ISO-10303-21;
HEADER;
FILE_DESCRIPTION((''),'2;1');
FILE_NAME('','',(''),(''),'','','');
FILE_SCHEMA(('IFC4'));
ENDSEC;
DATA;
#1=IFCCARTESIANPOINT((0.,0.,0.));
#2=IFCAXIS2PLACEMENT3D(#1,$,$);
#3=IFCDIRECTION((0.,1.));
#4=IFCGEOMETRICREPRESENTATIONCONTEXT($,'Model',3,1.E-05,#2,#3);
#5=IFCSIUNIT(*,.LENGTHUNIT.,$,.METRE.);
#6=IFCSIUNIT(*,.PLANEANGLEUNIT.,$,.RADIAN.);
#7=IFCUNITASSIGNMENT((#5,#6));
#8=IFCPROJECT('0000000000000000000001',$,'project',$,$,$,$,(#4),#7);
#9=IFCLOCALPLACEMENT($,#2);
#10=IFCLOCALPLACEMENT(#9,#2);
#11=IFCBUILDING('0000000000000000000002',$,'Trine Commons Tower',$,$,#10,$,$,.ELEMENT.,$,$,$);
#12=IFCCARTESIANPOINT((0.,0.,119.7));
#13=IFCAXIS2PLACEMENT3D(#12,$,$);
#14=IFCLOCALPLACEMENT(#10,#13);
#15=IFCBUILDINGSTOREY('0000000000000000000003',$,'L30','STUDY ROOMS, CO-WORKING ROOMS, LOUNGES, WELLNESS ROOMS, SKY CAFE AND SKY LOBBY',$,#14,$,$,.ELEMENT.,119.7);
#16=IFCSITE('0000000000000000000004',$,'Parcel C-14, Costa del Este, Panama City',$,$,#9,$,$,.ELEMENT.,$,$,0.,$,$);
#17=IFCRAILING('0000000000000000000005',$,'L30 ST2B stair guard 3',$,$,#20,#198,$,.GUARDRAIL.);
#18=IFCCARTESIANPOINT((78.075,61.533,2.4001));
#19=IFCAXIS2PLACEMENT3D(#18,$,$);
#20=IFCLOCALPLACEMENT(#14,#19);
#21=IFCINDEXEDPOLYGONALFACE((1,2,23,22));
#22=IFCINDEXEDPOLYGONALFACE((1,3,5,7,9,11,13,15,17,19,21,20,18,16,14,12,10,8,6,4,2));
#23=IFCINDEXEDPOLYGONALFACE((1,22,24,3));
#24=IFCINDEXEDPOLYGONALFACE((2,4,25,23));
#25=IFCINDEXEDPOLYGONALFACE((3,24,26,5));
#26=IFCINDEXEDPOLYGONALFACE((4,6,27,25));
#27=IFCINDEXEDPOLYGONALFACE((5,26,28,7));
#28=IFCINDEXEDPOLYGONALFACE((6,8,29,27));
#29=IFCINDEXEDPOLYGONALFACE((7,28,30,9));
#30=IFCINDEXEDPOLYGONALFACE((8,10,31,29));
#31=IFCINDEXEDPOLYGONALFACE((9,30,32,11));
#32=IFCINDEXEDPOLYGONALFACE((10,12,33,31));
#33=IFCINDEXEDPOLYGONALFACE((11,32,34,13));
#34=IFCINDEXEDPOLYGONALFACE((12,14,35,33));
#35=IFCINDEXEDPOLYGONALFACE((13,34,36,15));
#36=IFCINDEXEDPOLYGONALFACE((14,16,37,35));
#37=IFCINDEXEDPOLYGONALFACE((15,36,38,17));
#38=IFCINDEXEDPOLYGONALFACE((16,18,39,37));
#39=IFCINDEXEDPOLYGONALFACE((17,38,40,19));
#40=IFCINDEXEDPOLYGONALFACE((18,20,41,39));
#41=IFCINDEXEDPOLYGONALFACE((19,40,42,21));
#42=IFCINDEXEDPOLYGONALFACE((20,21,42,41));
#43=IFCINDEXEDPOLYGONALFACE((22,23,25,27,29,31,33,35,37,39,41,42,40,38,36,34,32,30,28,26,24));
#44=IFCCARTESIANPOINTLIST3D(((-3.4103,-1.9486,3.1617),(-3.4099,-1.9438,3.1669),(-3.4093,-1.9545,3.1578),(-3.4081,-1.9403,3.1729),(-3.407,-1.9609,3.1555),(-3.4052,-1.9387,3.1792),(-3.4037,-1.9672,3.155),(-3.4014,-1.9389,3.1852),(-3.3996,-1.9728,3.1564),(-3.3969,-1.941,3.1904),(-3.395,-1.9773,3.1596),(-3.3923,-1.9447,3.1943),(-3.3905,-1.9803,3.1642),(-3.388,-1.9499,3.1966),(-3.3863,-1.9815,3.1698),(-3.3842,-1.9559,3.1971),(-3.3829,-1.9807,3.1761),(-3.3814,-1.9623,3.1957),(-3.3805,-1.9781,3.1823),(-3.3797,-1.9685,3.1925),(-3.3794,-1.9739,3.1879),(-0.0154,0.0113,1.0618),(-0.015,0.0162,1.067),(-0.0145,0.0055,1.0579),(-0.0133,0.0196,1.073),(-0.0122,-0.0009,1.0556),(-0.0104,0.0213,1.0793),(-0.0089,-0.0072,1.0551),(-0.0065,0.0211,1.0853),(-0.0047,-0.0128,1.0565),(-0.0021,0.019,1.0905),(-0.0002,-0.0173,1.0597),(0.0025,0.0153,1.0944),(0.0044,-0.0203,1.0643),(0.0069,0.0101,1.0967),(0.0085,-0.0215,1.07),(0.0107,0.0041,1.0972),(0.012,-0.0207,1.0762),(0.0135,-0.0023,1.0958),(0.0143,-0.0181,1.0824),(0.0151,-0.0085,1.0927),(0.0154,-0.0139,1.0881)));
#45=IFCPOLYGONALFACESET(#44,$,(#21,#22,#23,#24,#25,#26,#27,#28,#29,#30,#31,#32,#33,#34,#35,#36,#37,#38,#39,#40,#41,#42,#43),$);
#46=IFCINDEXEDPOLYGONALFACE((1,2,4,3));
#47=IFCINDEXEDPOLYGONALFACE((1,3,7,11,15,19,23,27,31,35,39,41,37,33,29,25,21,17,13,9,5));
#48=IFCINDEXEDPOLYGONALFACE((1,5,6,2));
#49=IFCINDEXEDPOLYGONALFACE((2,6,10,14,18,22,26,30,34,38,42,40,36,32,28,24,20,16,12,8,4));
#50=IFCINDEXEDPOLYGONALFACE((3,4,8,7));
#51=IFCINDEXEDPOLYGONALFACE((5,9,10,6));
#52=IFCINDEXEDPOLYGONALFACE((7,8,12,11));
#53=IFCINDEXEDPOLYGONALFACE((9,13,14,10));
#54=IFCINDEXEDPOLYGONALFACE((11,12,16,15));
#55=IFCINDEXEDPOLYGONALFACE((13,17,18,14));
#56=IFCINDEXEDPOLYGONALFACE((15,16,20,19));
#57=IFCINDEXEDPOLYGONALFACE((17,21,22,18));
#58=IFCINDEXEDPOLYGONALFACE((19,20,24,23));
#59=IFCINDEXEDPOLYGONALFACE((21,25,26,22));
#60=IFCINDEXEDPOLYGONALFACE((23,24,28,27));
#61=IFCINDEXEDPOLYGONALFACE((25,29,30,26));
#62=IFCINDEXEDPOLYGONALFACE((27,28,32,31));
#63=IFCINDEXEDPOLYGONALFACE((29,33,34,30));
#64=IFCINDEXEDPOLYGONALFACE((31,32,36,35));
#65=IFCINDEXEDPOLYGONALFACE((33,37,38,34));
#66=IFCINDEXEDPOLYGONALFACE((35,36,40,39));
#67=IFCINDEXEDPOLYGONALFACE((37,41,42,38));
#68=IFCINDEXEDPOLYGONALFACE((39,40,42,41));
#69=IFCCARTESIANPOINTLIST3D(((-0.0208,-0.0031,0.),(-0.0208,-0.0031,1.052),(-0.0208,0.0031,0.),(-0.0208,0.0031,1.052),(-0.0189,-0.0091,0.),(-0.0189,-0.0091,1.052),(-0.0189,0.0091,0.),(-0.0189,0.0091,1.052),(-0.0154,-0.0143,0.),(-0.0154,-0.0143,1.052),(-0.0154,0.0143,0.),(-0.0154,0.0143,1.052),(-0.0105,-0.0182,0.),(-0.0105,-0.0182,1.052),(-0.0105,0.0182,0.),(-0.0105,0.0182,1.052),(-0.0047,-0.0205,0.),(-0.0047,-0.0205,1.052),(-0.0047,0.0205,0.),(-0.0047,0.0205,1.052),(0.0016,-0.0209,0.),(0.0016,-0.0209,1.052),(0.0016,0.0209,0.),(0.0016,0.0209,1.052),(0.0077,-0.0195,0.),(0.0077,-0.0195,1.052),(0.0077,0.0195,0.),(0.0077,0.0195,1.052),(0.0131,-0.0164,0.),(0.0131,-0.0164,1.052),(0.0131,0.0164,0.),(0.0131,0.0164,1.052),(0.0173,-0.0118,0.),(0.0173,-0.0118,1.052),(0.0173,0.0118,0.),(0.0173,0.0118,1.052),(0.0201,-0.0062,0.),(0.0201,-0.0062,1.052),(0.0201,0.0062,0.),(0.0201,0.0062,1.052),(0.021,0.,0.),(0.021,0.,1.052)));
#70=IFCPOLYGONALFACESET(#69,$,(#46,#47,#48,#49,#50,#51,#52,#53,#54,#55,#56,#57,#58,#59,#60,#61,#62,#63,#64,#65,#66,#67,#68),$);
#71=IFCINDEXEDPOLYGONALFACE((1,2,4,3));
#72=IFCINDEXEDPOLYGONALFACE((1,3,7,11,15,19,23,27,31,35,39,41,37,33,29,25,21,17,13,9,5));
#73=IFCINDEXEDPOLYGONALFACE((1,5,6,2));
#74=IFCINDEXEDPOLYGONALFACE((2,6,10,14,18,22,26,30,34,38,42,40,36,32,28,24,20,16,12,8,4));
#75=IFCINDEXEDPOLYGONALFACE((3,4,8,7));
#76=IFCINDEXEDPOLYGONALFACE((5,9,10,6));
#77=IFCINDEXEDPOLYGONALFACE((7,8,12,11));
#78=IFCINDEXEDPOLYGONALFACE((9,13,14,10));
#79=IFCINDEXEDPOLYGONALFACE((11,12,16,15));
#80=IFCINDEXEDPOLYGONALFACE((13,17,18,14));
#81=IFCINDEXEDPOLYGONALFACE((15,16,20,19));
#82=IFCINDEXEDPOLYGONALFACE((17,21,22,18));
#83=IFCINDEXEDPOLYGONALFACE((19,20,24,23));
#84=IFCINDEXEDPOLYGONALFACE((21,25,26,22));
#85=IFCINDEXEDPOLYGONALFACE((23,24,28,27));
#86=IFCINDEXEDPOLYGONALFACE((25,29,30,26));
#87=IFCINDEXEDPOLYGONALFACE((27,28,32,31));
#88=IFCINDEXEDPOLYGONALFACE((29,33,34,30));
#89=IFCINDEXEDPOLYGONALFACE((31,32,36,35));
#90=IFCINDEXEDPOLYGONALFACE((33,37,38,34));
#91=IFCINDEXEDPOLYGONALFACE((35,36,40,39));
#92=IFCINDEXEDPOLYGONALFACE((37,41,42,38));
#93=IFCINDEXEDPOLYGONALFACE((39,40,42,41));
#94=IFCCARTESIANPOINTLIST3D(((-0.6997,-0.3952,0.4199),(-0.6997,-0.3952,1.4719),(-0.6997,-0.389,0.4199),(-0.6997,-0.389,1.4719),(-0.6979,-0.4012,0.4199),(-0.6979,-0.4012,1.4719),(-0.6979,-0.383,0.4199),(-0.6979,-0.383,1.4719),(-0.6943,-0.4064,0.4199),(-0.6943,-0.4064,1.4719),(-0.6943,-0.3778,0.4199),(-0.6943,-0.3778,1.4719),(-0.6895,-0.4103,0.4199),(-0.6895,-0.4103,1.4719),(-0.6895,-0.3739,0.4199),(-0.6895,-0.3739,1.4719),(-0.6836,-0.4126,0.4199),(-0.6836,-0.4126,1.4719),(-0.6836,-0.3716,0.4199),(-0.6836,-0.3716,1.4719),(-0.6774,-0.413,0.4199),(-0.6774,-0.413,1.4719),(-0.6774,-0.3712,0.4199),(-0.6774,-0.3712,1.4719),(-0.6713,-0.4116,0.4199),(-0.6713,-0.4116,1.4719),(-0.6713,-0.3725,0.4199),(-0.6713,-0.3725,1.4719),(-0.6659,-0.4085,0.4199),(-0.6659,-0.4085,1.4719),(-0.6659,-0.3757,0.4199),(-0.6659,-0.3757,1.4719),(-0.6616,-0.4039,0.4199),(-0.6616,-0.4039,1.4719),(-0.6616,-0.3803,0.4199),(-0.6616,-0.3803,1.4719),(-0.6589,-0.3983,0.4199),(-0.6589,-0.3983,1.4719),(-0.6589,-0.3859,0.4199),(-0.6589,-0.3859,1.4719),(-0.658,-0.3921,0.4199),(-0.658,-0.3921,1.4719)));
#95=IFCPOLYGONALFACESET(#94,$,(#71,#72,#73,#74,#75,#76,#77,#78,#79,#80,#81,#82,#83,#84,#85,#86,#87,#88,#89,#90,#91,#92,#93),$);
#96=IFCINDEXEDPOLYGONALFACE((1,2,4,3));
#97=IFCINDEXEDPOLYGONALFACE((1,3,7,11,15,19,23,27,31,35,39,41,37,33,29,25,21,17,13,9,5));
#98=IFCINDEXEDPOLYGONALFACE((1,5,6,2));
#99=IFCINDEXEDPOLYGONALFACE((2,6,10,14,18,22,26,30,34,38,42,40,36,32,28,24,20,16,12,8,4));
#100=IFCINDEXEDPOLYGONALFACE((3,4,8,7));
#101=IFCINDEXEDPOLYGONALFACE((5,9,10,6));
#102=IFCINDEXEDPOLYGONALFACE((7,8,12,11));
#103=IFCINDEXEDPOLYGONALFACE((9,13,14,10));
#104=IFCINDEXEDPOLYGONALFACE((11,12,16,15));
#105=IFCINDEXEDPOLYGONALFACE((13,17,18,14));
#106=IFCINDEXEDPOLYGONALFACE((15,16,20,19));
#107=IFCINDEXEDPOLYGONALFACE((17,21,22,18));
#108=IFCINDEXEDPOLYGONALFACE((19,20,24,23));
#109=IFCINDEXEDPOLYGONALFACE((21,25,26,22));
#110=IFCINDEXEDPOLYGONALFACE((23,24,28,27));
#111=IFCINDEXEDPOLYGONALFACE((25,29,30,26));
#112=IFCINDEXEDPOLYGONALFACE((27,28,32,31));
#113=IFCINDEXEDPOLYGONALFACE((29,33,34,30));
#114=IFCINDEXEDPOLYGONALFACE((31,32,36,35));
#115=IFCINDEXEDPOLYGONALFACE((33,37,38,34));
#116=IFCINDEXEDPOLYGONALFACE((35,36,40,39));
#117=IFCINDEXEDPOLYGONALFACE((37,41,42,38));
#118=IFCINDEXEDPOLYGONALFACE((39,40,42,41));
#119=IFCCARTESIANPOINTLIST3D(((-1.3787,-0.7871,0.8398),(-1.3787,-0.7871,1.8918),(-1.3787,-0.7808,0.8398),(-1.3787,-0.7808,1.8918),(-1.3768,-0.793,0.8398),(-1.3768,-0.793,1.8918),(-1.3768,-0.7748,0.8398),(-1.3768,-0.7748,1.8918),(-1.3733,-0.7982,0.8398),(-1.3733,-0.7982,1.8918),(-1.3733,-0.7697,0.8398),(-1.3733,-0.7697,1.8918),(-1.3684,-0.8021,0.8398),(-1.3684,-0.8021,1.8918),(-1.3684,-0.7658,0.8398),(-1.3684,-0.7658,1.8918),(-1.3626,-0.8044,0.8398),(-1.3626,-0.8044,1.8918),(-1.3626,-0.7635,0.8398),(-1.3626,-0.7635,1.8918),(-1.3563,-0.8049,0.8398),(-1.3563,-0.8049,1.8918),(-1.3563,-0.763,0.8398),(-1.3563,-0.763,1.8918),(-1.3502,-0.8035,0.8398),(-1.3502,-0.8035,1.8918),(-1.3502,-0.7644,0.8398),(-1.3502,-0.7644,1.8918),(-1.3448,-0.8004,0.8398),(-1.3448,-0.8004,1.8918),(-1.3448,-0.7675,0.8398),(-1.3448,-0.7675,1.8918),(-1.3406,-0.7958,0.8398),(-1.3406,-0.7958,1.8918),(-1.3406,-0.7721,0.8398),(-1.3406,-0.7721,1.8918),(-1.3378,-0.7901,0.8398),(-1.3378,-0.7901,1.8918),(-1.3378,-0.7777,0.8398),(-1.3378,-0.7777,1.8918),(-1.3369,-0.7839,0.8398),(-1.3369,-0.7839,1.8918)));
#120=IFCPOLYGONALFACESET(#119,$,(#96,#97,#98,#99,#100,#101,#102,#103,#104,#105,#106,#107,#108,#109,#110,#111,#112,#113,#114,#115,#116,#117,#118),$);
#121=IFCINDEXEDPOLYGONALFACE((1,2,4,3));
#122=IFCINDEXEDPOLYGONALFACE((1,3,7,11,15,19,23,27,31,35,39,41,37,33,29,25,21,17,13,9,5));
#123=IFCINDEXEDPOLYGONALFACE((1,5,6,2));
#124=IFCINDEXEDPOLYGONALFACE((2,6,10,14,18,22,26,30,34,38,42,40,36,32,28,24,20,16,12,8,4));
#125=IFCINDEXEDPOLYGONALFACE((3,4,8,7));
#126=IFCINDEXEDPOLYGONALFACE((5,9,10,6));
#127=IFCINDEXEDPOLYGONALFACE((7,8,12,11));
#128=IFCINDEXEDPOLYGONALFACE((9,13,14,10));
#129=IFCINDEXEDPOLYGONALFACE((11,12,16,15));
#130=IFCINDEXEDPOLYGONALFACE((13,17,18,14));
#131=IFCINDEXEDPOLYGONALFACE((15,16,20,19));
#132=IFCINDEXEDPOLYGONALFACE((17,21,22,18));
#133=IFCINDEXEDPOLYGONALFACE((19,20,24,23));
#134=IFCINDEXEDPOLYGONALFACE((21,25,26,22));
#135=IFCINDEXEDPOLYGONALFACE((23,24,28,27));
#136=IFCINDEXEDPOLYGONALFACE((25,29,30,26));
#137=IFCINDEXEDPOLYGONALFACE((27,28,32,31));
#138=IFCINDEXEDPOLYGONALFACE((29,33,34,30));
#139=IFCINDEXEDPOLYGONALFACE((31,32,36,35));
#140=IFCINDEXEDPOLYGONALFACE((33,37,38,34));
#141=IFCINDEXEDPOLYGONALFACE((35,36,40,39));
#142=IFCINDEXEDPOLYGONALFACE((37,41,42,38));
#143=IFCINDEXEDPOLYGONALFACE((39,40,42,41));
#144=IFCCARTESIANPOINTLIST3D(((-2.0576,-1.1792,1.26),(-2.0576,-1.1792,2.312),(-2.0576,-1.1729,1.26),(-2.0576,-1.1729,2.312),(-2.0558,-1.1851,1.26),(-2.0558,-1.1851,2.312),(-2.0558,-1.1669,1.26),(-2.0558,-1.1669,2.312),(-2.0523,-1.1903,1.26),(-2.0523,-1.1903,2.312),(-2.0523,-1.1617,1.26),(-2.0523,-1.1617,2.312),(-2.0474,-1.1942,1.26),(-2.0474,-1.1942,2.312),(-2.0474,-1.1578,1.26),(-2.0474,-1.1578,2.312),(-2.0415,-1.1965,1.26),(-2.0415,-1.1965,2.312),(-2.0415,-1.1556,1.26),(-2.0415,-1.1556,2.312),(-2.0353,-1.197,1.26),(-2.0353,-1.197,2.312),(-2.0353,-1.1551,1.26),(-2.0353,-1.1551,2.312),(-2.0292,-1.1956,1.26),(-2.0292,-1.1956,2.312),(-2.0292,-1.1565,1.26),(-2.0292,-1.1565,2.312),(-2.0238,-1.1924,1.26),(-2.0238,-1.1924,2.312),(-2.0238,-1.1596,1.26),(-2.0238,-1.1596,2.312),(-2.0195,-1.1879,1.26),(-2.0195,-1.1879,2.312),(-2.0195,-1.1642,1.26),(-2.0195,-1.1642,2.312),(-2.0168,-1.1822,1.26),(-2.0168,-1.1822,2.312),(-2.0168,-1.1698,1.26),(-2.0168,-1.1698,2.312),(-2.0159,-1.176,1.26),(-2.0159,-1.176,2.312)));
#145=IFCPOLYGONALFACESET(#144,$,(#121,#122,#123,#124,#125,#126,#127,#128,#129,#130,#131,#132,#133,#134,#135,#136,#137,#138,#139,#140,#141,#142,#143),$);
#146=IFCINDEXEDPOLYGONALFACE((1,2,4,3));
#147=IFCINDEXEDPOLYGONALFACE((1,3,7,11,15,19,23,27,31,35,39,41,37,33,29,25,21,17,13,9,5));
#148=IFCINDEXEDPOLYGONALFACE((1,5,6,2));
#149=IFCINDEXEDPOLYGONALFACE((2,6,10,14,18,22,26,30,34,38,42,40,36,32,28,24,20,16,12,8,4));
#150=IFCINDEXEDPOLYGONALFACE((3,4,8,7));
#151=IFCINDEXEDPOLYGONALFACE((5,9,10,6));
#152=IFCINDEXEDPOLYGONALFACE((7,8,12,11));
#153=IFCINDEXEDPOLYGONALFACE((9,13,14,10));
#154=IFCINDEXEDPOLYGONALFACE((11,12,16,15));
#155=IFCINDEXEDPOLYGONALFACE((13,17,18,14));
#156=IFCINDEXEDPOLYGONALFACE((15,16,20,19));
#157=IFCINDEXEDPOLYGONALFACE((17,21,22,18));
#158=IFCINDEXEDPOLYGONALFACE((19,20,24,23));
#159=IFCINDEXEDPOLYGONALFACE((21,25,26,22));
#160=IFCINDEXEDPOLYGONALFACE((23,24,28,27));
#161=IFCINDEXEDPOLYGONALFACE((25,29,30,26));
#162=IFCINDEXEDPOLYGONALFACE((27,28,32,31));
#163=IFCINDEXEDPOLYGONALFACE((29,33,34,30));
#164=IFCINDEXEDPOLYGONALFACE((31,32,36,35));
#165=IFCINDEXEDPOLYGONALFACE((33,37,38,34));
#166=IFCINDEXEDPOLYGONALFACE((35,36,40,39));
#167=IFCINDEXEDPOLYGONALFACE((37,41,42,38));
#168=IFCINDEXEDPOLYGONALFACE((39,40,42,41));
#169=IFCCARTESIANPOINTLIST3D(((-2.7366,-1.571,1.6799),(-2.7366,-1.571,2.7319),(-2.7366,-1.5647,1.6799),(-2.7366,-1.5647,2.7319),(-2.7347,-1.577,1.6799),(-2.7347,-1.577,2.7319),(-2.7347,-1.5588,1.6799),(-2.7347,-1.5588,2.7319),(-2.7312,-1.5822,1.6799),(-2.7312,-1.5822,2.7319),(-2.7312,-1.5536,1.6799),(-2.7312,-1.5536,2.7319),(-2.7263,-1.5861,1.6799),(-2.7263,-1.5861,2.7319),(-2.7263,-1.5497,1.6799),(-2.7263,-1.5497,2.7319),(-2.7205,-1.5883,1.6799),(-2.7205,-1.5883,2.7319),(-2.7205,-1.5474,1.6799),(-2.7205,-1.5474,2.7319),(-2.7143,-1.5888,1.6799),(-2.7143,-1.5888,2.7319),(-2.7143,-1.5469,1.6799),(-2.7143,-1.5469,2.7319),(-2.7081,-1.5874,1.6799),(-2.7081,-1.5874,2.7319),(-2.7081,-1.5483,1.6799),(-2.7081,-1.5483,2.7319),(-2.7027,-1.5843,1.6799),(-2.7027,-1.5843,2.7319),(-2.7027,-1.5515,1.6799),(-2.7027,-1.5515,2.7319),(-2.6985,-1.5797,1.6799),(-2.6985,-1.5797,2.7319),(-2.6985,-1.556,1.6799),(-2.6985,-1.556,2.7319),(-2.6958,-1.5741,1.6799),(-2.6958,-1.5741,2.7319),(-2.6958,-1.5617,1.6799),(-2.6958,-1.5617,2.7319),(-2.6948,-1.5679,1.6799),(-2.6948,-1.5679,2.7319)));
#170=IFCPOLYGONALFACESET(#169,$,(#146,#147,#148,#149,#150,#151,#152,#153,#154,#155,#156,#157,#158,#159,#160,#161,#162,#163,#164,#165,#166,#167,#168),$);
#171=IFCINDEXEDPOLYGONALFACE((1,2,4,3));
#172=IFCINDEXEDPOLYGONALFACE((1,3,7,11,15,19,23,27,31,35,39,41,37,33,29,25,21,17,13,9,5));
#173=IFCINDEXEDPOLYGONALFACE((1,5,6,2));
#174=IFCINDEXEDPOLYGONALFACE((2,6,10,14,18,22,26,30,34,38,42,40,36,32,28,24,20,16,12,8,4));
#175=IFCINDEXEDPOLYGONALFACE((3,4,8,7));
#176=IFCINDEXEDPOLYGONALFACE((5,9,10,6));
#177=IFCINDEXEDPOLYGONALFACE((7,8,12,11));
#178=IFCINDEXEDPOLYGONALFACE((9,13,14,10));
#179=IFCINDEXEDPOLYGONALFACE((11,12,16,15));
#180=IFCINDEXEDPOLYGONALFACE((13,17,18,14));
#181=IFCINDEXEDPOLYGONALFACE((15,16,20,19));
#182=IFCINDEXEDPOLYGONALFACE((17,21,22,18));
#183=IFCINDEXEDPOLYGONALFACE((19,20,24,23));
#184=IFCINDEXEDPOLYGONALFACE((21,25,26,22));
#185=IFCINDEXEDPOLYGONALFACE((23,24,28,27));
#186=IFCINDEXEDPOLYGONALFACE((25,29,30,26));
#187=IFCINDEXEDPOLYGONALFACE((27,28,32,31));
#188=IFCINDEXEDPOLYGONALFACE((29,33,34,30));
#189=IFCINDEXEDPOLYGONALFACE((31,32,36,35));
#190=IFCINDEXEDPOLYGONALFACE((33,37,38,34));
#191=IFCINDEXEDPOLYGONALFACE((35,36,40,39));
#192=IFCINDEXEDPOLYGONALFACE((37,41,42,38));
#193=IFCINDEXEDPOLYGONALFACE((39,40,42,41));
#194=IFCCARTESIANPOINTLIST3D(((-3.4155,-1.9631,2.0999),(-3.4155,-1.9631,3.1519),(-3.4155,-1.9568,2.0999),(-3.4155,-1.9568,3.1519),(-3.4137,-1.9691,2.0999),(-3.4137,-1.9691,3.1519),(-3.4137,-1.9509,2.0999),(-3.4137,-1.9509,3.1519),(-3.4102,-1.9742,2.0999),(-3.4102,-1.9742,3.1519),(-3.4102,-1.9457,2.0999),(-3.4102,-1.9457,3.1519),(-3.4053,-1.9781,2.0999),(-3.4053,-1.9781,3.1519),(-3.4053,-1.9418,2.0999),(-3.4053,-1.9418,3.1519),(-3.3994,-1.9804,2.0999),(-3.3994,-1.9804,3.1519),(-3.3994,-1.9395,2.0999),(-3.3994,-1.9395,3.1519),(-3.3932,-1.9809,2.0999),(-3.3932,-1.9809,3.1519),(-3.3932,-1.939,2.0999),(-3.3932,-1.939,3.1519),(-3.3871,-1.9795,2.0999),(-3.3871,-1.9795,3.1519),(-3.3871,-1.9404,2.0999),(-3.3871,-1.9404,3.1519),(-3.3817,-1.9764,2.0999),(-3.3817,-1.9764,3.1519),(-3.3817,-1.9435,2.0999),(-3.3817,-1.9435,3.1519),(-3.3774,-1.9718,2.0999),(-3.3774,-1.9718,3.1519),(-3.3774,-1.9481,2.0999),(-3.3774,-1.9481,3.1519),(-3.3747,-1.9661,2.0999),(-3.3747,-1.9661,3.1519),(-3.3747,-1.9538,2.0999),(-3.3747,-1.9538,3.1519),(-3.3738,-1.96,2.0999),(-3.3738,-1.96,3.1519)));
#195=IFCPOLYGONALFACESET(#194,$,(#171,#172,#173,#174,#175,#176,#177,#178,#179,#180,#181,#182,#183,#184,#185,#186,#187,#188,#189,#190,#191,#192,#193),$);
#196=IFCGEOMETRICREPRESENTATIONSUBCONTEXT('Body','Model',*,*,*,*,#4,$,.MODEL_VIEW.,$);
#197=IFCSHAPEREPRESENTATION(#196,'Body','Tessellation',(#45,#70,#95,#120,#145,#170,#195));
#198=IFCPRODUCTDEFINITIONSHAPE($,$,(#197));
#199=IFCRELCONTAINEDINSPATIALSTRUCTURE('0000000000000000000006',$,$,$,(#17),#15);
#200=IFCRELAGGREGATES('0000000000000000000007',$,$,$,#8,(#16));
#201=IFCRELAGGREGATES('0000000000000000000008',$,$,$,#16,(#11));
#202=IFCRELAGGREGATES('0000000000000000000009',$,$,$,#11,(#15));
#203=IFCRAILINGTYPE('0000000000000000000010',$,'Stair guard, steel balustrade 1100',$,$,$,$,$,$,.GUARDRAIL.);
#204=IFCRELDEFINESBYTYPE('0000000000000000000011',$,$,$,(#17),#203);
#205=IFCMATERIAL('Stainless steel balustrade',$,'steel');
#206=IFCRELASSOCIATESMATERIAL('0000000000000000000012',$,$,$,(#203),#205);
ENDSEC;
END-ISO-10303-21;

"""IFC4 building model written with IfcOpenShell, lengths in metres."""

from ifc_helpers import new_model, si_unit, direction, frame, origin, origin_2d, place, context, subcontext, project, spatial, circle, extrude, material, type_object, element, save


model = new_model("IFC4")

# Units and contexts
model_context = context("Model", 3, precision=1e-05, world=origin(), true_north=direction((0.0, 1.0)))
body_context = subcontext(model_context, "Body", "Model", "MODEL_VIEW")
ifc_project = project(units=[si_unit("LENGTHUNIT", "METRE"), si_unit("PLANEANGLEUNIT", "RADIAN")], contexts=[model_context])

# Site, building, storey
site_placement = place(None, origin())
site = spatial("IfcSite", under=ifc_project, at=site_placement, Name="Parcel C-14, Costa del Este, Panama City", CompositionType="ELEMENT", RefElevation=0.0)
building_placement = place(site_placement, origin())
building = spatial("IfcBuilding", under=site, at=building_placement, Name="Trine Commons Tower", CompositionType="ELEMENT")
storey_placement = place(building_placement, frame((0.0, 0.0, 119.7)))
storey = spatial("IfcBuildingStorey", under=building, at=storey_placement, Name="L30", Description="STUDY ROOMS, CO-WORKING ROOMS, LOUNGES, WELLNESS ROOMS, SKY CAFE AND SKY LOBBY", CompositionType="ELEMENT", Elevation=119.7)

# Railing
ifc_material_1 = material(Name="Stainless steel balustrade", Category="steel")
railing_type_1 = type_object("IfcRailingType", Name="Stair guard, steel balustrade 1100", PredefinedType="GUARDRAIL", material=ifc_material_1)
railing_1_placement = place(storey_placement, frame((78.075, 61.533, 2.4001)))
element("IfcRailing", 1, at=railing_1_placement, inside=storey, type_object=railing_type_1, Name="L30 ST2B stair guard 3", PredefinedType="GUARDRAIL", context=body_context, shape_type="SweptSolid", body=[
    extrude(circle(Radius=0.0239, at=origin_2d()), frame((0.0, 0.0, 1.0762), z_axis=(-0.763395, -0.440743, 0.472201), x_axis=(0.499997, -0.866027, 0.0)), (0.0, 0.0, 1.0), 4.447),
    extrude(circle(Radius=0.021, at=origin_2d()), origin(), (0.0, 0.0, 1.0), 1.052),
    extrude(circle(Radius=0.021, at=origin_2d()), frame((-0.679, -0.3921, 0.4199)), (0.0, 0.0, 1.0), 1.052),
    extrude(circle(Radius=0.021, at=origin_2d()), frame((-1.3579, -0.7839, 0.8398)), (0.0, 0.0, 1.0), 1.052),
    extrude(circle(Radius=0.021, at=origin_2d()), frame((-2.0369, -1.176, 1.26)), (0.0, 0.0, 1.0), 1.052),
    extrude(circle(Radius=0.021, at=origin_2d()), frame((-2.7158, -1.5679, 1.6799)), (0.0, 0.0, 1.0), 1.052),
    extrude(circle(Radius=0.021, at=origin_2d()), frame((-3.3948, -1.96, 2.0999)), (0.0, 0.0, 1.0), 1.052),
])

save(model, "model.ifc")
